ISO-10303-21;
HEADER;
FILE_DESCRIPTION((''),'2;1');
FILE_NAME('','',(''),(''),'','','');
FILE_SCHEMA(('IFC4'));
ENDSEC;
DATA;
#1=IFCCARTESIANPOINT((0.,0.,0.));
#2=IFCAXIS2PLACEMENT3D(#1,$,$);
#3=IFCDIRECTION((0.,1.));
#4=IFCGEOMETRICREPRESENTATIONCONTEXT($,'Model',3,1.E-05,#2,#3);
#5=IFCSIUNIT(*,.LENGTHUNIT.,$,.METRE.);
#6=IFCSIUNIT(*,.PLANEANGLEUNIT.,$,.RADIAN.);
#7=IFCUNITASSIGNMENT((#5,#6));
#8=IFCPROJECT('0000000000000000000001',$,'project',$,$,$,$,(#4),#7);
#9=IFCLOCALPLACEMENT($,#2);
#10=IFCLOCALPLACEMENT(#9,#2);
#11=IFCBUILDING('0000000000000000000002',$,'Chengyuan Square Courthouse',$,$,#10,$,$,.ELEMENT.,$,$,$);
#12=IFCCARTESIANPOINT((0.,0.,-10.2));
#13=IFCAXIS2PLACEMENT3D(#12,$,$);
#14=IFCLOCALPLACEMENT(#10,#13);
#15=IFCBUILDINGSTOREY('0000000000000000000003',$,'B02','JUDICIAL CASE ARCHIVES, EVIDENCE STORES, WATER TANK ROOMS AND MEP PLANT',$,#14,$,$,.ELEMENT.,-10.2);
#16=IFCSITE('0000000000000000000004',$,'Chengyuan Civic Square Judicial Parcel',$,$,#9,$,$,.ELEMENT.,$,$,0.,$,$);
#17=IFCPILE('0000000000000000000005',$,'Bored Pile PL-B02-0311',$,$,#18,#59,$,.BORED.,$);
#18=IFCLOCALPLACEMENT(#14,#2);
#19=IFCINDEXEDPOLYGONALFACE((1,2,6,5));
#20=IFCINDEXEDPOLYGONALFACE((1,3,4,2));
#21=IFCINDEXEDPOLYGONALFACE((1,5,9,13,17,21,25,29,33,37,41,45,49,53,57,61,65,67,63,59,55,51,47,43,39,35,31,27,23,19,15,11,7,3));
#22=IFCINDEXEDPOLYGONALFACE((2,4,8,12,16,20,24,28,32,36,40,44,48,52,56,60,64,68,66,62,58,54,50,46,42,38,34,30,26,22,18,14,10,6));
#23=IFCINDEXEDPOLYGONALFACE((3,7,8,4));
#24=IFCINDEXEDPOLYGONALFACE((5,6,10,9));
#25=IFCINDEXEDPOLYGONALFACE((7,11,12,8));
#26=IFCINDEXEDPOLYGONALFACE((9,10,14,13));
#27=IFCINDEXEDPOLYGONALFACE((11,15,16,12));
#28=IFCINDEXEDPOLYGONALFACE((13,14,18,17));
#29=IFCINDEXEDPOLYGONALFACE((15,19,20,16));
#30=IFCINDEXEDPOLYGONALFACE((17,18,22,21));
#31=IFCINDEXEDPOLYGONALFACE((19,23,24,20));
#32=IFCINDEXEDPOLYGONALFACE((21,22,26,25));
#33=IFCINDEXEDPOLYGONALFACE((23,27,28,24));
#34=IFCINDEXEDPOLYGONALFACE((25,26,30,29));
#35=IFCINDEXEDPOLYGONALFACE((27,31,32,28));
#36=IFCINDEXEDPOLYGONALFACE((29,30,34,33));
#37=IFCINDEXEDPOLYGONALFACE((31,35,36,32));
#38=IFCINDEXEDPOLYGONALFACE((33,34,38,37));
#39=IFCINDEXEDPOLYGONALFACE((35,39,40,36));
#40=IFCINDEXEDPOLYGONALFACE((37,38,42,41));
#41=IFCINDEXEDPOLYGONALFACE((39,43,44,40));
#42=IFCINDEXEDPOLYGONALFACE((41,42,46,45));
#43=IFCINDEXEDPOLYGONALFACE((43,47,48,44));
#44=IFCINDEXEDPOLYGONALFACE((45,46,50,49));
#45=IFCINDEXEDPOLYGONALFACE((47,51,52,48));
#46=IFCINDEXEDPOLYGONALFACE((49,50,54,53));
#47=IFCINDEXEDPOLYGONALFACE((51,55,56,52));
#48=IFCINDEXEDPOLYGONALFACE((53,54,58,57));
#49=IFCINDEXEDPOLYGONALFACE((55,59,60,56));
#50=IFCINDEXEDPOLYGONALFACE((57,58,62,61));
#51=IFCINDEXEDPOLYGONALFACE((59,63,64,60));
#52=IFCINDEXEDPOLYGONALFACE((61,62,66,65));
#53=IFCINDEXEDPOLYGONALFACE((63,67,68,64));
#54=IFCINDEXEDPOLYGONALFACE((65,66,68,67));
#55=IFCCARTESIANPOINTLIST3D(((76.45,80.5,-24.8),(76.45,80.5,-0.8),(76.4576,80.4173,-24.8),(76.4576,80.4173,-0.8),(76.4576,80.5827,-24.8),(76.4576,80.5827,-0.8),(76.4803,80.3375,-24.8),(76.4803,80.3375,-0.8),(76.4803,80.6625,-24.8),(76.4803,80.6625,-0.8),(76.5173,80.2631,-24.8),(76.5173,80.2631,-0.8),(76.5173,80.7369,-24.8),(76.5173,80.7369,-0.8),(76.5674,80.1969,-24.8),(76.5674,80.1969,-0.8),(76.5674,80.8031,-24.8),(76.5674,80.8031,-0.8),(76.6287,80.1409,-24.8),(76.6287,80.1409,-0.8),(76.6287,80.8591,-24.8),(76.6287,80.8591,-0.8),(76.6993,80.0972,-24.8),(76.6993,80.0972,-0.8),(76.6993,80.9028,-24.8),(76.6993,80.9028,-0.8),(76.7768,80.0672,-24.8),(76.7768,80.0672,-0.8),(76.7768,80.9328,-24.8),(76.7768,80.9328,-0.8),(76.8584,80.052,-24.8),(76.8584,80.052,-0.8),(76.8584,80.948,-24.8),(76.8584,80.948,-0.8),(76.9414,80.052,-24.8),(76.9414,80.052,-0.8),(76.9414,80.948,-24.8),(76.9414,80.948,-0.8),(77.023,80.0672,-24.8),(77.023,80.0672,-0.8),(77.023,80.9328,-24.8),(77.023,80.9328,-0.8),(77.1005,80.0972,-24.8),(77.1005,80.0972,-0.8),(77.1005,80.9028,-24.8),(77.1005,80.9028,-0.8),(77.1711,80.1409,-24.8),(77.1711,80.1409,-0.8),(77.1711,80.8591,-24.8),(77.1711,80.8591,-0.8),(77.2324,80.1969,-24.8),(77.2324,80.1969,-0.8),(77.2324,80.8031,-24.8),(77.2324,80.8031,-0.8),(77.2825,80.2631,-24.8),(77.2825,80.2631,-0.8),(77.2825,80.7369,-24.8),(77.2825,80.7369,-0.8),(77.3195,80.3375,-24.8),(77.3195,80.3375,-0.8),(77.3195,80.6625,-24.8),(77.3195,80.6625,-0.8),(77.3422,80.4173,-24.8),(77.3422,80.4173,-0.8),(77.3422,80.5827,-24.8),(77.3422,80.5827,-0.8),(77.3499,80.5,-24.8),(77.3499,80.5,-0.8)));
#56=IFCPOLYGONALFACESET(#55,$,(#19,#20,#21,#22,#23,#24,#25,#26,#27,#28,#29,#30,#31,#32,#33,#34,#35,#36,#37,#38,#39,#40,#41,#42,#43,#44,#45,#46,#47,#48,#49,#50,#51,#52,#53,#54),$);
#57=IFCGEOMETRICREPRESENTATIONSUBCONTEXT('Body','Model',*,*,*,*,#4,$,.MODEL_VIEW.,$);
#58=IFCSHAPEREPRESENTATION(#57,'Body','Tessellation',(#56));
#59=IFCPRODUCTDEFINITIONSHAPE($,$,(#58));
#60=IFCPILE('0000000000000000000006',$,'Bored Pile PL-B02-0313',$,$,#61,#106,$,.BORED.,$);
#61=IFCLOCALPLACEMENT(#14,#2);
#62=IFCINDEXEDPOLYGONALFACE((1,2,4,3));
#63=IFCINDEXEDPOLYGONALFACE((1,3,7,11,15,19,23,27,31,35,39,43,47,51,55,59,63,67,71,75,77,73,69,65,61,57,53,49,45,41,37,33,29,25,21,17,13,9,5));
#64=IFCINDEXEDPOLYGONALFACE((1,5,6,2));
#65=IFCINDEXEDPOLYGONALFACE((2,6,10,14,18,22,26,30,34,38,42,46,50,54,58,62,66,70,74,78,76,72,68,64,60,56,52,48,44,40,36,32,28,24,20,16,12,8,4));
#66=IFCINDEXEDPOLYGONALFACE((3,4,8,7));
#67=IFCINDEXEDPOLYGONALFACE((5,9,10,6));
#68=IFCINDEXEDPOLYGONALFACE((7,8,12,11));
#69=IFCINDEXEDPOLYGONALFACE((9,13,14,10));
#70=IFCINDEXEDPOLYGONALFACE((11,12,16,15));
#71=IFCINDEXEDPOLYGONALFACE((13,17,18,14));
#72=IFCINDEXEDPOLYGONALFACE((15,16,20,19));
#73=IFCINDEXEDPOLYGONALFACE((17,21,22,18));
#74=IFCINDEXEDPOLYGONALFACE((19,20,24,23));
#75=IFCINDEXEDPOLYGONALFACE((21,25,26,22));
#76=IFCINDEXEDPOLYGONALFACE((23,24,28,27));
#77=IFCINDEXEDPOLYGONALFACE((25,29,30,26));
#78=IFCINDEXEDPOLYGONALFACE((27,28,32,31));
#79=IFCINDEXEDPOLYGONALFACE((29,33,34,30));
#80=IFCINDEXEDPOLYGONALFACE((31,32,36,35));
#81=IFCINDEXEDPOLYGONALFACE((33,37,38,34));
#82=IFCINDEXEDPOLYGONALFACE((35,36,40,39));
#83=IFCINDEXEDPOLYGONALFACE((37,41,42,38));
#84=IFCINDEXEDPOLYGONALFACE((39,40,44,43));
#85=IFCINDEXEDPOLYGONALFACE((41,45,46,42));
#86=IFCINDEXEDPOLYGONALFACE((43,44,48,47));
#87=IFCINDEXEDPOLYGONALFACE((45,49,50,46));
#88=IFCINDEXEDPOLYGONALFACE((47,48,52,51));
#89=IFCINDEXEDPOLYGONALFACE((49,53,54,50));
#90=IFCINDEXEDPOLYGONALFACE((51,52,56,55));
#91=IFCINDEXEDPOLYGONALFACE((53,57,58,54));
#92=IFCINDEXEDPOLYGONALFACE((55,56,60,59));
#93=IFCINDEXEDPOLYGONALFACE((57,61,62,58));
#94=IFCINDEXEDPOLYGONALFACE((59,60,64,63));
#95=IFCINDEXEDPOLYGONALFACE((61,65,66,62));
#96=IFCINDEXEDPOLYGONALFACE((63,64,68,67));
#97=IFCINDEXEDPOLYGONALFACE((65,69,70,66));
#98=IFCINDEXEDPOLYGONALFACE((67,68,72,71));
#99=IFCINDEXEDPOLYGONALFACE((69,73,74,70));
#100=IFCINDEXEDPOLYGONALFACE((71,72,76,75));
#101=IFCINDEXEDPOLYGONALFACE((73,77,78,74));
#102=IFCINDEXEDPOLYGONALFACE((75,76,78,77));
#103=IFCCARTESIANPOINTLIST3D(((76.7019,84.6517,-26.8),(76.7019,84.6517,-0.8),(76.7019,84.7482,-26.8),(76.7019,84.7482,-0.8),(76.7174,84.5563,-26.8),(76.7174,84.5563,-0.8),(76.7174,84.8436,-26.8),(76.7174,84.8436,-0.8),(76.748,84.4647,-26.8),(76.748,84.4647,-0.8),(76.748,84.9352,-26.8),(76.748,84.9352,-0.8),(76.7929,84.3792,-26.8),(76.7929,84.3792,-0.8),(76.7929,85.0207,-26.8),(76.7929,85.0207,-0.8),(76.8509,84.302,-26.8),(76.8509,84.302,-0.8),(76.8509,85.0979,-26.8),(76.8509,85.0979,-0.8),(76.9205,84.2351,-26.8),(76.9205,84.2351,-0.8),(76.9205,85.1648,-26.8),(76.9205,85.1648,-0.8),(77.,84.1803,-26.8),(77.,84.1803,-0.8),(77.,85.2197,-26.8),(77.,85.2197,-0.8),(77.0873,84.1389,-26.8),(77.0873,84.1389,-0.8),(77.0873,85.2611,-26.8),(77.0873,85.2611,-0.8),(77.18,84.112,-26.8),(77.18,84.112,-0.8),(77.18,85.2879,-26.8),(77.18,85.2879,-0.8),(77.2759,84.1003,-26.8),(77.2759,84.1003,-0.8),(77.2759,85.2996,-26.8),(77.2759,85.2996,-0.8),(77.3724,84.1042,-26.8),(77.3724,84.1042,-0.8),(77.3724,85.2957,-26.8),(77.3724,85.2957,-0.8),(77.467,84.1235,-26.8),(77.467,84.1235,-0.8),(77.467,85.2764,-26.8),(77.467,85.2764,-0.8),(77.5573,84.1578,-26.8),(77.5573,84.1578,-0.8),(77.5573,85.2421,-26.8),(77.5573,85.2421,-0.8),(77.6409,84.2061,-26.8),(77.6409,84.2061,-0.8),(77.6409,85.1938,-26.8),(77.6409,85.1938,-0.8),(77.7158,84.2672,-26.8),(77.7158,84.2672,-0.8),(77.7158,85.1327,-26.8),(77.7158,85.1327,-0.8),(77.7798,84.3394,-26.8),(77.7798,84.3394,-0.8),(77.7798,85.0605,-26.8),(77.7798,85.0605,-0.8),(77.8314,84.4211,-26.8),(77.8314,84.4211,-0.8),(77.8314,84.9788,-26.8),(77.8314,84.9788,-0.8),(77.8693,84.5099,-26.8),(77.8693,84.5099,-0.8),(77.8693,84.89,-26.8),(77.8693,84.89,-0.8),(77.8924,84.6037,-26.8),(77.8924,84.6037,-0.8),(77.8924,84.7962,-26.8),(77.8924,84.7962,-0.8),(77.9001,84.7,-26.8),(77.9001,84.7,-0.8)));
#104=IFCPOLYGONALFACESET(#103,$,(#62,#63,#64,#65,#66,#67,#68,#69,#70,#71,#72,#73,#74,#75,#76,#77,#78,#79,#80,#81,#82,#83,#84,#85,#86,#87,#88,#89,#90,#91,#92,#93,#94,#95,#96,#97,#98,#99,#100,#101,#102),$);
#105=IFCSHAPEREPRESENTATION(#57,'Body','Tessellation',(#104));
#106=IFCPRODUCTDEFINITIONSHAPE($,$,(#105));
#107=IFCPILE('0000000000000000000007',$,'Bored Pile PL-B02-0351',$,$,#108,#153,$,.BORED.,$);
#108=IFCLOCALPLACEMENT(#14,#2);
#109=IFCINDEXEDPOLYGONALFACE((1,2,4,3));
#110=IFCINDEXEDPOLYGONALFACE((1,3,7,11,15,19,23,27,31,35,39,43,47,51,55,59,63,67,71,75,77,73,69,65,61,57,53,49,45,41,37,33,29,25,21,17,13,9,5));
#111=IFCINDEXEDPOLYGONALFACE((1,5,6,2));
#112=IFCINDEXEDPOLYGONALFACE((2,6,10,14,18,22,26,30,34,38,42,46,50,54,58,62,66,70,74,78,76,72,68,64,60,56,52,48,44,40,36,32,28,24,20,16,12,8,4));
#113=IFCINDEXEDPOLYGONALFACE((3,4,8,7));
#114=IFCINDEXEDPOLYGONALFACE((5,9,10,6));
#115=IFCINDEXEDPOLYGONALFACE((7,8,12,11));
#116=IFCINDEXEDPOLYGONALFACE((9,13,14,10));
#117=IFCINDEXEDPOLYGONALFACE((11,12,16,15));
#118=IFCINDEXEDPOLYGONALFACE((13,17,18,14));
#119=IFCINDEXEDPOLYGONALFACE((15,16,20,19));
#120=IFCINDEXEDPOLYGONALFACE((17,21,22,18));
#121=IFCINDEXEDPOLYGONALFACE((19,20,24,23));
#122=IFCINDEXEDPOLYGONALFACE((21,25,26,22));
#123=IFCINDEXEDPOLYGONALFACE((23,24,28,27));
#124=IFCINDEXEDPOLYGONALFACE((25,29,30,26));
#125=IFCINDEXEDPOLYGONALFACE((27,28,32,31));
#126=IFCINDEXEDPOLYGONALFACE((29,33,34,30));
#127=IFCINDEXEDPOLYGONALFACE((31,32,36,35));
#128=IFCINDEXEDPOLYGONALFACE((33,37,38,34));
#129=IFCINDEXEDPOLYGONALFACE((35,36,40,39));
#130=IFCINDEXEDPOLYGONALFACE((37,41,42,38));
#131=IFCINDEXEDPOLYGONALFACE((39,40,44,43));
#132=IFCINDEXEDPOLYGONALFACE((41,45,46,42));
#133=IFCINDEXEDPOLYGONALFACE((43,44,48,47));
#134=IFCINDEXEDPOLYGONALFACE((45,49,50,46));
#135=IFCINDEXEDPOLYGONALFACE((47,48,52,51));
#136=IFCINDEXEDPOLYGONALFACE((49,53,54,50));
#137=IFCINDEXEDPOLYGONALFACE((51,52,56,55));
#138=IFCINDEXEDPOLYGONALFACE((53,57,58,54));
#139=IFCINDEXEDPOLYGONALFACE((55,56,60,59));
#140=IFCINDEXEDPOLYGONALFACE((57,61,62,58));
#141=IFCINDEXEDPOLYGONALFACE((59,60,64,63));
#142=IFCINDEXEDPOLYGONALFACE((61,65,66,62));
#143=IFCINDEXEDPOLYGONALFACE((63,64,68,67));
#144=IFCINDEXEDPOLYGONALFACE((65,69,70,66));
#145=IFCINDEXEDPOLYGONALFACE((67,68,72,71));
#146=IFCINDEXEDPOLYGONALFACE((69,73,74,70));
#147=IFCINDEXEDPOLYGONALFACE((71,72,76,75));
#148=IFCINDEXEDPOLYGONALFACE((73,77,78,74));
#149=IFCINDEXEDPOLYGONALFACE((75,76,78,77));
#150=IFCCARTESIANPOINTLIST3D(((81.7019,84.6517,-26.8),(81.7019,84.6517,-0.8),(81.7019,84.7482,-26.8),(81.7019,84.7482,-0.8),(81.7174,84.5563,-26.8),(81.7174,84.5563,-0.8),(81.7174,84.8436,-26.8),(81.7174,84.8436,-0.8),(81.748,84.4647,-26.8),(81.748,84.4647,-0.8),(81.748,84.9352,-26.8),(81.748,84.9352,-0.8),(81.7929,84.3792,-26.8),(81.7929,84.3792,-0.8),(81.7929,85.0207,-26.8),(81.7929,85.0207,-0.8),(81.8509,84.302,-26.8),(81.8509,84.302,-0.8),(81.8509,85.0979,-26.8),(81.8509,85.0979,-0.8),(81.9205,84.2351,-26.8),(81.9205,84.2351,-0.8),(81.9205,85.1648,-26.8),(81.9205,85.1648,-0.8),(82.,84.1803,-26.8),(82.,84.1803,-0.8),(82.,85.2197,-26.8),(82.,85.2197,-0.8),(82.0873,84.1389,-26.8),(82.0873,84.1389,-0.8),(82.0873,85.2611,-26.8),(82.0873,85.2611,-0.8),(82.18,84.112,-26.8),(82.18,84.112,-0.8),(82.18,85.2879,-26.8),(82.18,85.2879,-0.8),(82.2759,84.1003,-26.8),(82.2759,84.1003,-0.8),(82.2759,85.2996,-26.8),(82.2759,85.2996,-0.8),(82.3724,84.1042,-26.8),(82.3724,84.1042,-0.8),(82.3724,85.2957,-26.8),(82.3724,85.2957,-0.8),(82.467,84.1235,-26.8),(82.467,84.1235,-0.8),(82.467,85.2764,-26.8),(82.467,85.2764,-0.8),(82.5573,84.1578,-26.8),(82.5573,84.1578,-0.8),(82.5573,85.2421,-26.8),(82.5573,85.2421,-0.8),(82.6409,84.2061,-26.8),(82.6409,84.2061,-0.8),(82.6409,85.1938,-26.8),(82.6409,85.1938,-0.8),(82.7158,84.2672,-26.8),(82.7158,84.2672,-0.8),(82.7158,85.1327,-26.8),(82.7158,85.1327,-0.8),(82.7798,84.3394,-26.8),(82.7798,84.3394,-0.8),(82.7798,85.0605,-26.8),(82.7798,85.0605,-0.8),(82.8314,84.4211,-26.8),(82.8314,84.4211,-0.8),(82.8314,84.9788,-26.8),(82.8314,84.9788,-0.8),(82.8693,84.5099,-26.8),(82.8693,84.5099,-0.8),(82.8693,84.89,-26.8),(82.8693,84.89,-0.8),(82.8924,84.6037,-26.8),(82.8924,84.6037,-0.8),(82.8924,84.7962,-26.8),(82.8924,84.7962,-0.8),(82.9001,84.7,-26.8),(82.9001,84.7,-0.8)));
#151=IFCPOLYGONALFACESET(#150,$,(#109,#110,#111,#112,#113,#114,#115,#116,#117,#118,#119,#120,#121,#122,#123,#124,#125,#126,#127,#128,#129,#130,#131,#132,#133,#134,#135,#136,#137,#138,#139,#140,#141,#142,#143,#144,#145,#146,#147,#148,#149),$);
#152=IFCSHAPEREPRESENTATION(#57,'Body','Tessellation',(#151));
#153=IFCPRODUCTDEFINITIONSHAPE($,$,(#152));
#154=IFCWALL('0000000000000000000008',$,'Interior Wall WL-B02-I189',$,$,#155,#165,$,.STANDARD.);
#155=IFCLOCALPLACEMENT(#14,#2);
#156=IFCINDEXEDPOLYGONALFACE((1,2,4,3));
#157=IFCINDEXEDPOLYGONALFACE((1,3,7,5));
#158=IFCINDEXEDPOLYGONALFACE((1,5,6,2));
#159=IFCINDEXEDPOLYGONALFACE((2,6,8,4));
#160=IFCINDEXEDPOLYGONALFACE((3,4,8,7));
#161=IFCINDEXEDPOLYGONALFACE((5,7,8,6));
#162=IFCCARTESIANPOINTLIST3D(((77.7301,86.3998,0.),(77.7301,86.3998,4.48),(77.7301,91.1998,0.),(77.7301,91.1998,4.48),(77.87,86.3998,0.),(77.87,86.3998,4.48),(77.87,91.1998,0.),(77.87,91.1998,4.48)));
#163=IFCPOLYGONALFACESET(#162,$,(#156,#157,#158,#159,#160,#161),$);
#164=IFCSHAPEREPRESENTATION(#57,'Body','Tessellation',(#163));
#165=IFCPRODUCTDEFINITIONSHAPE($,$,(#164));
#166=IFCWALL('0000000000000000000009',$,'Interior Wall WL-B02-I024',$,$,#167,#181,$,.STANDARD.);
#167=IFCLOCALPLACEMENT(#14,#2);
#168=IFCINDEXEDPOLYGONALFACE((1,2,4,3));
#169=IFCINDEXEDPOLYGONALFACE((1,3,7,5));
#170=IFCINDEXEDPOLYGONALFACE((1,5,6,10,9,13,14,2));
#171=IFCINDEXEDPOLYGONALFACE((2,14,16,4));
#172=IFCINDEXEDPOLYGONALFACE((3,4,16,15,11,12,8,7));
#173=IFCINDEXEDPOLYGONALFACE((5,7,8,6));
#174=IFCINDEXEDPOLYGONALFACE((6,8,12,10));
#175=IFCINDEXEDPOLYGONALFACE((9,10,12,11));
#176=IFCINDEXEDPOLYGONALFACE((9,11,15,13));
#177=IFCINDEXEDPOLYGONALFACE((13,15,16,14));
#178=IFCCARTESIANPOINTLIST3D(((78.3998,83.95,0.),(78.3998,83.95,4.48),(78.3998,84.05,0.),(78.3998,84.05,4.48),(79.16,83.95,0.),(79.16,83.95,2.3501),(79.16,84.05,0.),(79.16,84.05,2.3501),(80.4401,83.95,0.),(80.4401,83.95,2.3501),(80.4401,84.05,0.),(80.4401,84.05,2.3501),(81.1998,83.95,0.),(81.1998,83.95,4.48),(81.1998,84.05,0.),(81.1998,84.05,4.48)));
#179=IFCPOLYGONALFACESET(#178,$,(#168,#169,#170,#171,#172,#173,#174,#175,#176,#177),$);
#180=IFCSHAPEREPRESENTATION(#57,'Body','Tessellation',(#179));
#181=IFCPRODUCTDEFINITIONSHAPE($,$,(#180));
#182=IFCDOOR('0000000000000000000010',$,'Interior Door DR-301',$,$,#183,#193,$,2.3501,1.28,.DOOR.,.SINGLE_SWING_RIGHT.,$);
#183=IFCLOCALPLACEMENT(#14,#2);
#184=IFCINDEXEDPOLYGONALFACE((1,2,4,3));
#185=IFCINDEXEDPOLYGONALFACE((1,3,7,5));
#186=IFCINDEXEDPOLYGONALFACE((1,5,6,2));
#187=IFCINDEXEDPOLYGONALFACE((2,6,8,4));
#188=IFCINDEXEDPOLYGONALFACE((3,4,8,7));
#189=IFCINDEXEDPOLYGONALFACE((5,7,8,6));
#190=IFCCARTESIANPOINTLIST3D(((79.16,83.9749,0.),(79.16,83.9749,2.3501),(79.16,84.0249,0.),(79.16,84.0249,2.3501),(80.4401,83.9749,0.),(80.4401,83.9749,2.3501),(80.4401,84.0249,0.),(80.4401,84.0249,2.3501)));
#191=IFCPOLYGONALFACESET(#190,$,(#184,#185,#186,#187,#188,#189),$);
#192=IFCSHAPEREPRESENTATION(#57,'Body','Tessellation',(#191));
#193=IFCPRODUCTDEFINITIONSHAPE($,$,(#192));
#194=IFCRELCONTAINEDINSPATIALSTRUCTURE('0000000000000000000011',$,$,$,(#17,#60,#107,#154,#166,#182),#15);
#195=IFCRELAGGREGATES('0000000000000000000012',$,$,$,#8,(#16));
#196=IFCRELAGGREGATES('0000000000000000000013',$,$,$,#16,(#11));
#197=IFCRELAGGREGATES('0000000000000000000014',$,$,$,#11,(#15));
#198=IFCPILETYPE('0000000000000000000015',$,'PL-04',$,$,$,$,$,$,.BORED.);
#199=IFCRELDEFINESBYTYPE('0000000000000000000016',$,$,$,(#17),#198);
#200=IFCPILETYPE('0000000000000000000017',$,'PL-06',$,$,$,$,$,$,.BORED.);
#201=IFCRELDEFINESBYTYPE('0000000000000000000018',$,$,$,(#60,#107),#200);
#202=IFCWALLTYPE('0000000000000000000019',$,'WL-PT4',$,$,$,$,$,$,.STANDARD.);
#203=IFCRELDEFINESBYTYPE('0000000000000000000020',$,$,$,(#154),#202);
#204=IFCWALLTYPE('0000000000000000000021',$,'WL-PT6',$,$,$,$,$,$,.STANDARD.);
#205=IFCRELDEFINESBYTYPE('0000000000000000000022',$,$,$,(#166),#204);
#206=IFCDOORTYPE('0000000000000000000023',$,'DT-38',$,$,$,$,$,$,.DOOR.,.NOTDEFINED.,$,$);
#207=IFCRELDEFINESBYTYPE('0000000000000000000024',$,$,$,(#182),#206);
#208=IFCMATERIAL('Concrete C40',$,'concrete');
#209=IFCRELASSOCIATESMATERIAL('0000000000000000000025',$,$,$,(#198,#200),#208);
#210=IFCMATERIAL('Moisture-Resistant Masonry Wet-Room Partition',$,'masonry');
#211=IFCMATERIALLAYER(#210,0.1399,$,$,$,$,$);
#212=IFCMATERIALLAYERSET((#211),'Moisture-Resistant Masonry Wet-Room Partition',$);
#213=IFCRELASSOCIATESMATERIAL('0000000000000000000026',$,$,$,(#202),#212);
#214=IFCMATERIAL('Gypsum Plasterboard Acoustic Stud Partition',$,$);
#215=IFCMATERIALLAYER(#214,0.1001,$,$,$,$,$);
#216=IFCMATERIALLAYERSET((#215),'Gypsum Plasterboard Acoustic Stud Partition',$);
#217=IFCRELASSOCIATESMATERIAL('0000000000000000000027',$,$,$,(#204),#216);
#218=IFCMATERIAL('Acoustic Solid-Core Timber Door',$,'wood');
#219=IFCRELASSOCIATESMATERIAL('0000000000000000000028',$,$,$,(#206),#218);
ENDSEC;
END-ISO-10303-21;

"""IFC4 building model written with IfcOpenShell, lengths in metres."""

from ifc_helpers import new_model, si_unit, direction, frame, frame_2d, origin, origin_2d, place, context, subcontext, project, spatial, rectangle, circle, extrude, material, layer, layer_set, material_profile, profile_set, type_object, element, fill, save


model = new_model("IFC4")

# Units and contexts
model_context = context("Model", 3, precision=1e-05, world=origin(), true_north=direction((0.0, 1.0)))
body_context = subcontext(model_context, "Body", "Model", "MODEL_VIEW")
ifc_project = project(units=[si_unit("LENGTHUNIT", "METRE"), si_unit("PLANEANGLEUNIT", "RADIAN")], contexts=[model_context])

# Site, building, storey
site_placement = place(None, origin())
site = spatial("IfcSite", under=ifc_project, at=site_placement, Name="Chengyuan Civic Square Judicial Parcel", CompositionType="ELEMENT", RefElevation=0.0)
building_placement = place(site_placement, origin())
building = spatial("IfcBuilding", under=site, at=building_placement, Name="Chengyuan Square Courthouse", CompositionType="ELEMENT")
storey_placement = place(building_placement, frame((0.0, 0.0, -10.2)))
storey = spatial("IfcBuildingStorey", under=building, at=storey_placement, Name="B02", Description="JUDICIAL CASE ARCHIVES, EVIDENCE STORES, WATER TANK ROOMS AND MEP PLANT", CompositionType="ELEMENT", Elevation=-10.2)

# Piles
ifc_material_1 = material(Name="Concrete C40", Category="concrete")
ifc_material_profile_1 = material_profile(ifc_material_1, circle(Radius=0.45, at=origin_2d()), Name="BORED PILE D900")
ifc_profile_set_1 = profile_set([ifc_material_profile_1], Name="Concrete C40")
pile_type_1 = type_object("IfcPileType", Name="PL-04", PredefinedType="BORED", material=ifc_profile_set_1)
pile_placement = place(storey_placement, frame((76.8999, 80.5, -0.8), z_axis=(0.0, 0.0, -1.0), x_axis=(1.0, 0.0, 0.0)))
element("IfcPile", 1, at=pile_placement, inside=storey, type_object=pile_type_1, Name="Bored Pile PL-B02-0311", PredefinedType="BORED", context=body_context, shape_type="SweptSolid", body=[
    extrude(circle(Radius=0.45, at=origin_2d()), origin(), (0.0, 0.0, 1.0), 24.0),
])
ifc_material_profile_2 = material_profile(ifc_material_1, circle(Radius=0.6001, at=origin_2d()), Name="BORED PILE D1200")
ifc_profile_set_2 = profile_set([ifc_material_profile_2], Name="Concrete C40")
pile_type_2 = type_object("IfcPileType", Name="PL-06", PredefinedType="BORED", material=ifc_profile_set_2)
for number, where, z_axis, x_axis, name in (
    (2, (77.3, 84.7, -0.8), (0.0, 0.0, -1.0), (1.0, 0.0, 0.0), "Bored Pile PL-B02-0313"),
    (3, (82.3, 84.7, -0.8), (0.0, 0.0, -1.0), (1.0, 0.0, 0.0), "Bored Pile PL-B02-0351"),
):
    element("IfcPile", number, at=place(storey_placement, frame(where, z_axis=z_axis, x_axis=x_axis)), inside=storey, type_object=pile_type_2, Name=name, PredefinedType="BORED", context=body_context, shape_type="SweptSolid", body=[
        extrude(circle(Radius=0.6001, at=origin_2d()), origin(), (0.0, 0.0, 1.0), 26.0),
    ])

# Wall
ifc_material_2 = material(Name="Moisture-Resistant Masonry Wet-Room Partition", Category="masonry")
ifc_layer_1 = layer(ifc_material_2, 0.1399)
ifc_layer_set_1 = layer_set([ifc_layer_1], Name="Moisture-Resistant Masonry Wet-Room Partition")
wall_type_1 = type_object("IfcWallType", Name="WL-PT4", PredefinedType="STANDARD", material=ifc_layer_set_1)
wall_1_placement = place(storey_placement, frame((77.8, 86.3999, 0.0), z_axis=(0.0, 0.0, 1.0), x_axis=(0.0, 1.0, 0.0)))
element("IfcWall", 4, at=wall_1_placement, inside=storey, type_object=wall_type_1, Name="Interior Wall WL-B02-I189", PredefinedType="STANDARD", context=body_context, shape_type="SweptSolid", body=[
    extrude(rectangle(XDim=4.8, YDim=0.1399, at=frame_2d((2.3999, 0.0))), origin(), (0.0, 0.0, 1.0), 4.48),
])

# Wall, opening, door
ifc_material_3 = material(Name="Gypsum Plasterboard Acoustic Stud Partition")
ifc_layer_2 = layer(ifc_material_3, 0.1001)
ifc_layer_set_2 = layer_set([ifc_layer_2], Name="Gypsum Plasterboard Acoustic Stud Partition")
wall_type_2 = type_object("IfcWallType", Name="WL-PT6", PredefinedType="STANDARD", material=ifc_layer_set_2)
wall_2_placement = place(storey_placement, frame((78.3999, 84.0, 0.0), z_axis=(0.0, 0.0, 1.0), x_axis=(1.0, 0.0, 0.0)))
wall_2 = element("IfcWall", 5, at=wall_2_placement, inside=storey, type_object=wall_type_2, Name="Interior Wall WL-B02-I024", PredefinedType="STANDARD", context=body_context, shape_type="SweptSolid", body=[
    extrude(rectangle(XDim=2.8, YDim=0.1001, at=frame_2d((1.3999, 0.0))), origin(), (0.0, 0.0, 1.0), 4.48),
])
opening_1_placement = place(wall_2_placement, frame((0.76, 0.0, 0.0)))
opening_1 = element("IfcOpeningElement", 6, at=opening_1_placement, cuts=wall_2, PredefinedType="OPENING", context=body_context, shape_type="SweptSolid", body=[
    extrude(rectangle(XDim=1.28, YDim=2.3501, at=frame_2d((0.6401, 1.175))), frame((0.0, 0.062, 0.0), z_axis=(0.0, -1.0, 0.0), x_axis=(1.0, 0.0, 0.0)), (0.0, 0.0, 1.0), 0.124),
])
ifc_material_4 = material(Name="Acoustic Solid-Core Timber Door", Category="wood")
door_type_1 = type_object("IfcDoorType", Name="DT-38", OperationType="NOTDEFINED", PredefinedType="DOOR", material=ifc_material_4)
door_1_placement = place(opening_1_placement, origin())
door_1 = element("IfcDoor", 7, at=door_1_placement, inside=storey, type_object=door_type_1, Name="Interior Door DR-301", OperationType="SINGLE_SWING_RIGHT", OverallHeight=2.3501, OverallWidth=1.28, PredefinedType="DOOR", context=body_context, shape_type="SweptSolid", body=[
    extrude(rectangle(XDim=1.28, YDim=2.3501, at=frame_2d((0.6401, 1.175))), frame((0.0, 0.0249, 0.0), z_axis=(0.0, -1.0, 0.0), x_axis=(1.0, 0.0, 0.0)), (0.0, 0.0, 1.0), 0.05),
])
fill(opening_1, door_1)

save(model, "model.ifc")
